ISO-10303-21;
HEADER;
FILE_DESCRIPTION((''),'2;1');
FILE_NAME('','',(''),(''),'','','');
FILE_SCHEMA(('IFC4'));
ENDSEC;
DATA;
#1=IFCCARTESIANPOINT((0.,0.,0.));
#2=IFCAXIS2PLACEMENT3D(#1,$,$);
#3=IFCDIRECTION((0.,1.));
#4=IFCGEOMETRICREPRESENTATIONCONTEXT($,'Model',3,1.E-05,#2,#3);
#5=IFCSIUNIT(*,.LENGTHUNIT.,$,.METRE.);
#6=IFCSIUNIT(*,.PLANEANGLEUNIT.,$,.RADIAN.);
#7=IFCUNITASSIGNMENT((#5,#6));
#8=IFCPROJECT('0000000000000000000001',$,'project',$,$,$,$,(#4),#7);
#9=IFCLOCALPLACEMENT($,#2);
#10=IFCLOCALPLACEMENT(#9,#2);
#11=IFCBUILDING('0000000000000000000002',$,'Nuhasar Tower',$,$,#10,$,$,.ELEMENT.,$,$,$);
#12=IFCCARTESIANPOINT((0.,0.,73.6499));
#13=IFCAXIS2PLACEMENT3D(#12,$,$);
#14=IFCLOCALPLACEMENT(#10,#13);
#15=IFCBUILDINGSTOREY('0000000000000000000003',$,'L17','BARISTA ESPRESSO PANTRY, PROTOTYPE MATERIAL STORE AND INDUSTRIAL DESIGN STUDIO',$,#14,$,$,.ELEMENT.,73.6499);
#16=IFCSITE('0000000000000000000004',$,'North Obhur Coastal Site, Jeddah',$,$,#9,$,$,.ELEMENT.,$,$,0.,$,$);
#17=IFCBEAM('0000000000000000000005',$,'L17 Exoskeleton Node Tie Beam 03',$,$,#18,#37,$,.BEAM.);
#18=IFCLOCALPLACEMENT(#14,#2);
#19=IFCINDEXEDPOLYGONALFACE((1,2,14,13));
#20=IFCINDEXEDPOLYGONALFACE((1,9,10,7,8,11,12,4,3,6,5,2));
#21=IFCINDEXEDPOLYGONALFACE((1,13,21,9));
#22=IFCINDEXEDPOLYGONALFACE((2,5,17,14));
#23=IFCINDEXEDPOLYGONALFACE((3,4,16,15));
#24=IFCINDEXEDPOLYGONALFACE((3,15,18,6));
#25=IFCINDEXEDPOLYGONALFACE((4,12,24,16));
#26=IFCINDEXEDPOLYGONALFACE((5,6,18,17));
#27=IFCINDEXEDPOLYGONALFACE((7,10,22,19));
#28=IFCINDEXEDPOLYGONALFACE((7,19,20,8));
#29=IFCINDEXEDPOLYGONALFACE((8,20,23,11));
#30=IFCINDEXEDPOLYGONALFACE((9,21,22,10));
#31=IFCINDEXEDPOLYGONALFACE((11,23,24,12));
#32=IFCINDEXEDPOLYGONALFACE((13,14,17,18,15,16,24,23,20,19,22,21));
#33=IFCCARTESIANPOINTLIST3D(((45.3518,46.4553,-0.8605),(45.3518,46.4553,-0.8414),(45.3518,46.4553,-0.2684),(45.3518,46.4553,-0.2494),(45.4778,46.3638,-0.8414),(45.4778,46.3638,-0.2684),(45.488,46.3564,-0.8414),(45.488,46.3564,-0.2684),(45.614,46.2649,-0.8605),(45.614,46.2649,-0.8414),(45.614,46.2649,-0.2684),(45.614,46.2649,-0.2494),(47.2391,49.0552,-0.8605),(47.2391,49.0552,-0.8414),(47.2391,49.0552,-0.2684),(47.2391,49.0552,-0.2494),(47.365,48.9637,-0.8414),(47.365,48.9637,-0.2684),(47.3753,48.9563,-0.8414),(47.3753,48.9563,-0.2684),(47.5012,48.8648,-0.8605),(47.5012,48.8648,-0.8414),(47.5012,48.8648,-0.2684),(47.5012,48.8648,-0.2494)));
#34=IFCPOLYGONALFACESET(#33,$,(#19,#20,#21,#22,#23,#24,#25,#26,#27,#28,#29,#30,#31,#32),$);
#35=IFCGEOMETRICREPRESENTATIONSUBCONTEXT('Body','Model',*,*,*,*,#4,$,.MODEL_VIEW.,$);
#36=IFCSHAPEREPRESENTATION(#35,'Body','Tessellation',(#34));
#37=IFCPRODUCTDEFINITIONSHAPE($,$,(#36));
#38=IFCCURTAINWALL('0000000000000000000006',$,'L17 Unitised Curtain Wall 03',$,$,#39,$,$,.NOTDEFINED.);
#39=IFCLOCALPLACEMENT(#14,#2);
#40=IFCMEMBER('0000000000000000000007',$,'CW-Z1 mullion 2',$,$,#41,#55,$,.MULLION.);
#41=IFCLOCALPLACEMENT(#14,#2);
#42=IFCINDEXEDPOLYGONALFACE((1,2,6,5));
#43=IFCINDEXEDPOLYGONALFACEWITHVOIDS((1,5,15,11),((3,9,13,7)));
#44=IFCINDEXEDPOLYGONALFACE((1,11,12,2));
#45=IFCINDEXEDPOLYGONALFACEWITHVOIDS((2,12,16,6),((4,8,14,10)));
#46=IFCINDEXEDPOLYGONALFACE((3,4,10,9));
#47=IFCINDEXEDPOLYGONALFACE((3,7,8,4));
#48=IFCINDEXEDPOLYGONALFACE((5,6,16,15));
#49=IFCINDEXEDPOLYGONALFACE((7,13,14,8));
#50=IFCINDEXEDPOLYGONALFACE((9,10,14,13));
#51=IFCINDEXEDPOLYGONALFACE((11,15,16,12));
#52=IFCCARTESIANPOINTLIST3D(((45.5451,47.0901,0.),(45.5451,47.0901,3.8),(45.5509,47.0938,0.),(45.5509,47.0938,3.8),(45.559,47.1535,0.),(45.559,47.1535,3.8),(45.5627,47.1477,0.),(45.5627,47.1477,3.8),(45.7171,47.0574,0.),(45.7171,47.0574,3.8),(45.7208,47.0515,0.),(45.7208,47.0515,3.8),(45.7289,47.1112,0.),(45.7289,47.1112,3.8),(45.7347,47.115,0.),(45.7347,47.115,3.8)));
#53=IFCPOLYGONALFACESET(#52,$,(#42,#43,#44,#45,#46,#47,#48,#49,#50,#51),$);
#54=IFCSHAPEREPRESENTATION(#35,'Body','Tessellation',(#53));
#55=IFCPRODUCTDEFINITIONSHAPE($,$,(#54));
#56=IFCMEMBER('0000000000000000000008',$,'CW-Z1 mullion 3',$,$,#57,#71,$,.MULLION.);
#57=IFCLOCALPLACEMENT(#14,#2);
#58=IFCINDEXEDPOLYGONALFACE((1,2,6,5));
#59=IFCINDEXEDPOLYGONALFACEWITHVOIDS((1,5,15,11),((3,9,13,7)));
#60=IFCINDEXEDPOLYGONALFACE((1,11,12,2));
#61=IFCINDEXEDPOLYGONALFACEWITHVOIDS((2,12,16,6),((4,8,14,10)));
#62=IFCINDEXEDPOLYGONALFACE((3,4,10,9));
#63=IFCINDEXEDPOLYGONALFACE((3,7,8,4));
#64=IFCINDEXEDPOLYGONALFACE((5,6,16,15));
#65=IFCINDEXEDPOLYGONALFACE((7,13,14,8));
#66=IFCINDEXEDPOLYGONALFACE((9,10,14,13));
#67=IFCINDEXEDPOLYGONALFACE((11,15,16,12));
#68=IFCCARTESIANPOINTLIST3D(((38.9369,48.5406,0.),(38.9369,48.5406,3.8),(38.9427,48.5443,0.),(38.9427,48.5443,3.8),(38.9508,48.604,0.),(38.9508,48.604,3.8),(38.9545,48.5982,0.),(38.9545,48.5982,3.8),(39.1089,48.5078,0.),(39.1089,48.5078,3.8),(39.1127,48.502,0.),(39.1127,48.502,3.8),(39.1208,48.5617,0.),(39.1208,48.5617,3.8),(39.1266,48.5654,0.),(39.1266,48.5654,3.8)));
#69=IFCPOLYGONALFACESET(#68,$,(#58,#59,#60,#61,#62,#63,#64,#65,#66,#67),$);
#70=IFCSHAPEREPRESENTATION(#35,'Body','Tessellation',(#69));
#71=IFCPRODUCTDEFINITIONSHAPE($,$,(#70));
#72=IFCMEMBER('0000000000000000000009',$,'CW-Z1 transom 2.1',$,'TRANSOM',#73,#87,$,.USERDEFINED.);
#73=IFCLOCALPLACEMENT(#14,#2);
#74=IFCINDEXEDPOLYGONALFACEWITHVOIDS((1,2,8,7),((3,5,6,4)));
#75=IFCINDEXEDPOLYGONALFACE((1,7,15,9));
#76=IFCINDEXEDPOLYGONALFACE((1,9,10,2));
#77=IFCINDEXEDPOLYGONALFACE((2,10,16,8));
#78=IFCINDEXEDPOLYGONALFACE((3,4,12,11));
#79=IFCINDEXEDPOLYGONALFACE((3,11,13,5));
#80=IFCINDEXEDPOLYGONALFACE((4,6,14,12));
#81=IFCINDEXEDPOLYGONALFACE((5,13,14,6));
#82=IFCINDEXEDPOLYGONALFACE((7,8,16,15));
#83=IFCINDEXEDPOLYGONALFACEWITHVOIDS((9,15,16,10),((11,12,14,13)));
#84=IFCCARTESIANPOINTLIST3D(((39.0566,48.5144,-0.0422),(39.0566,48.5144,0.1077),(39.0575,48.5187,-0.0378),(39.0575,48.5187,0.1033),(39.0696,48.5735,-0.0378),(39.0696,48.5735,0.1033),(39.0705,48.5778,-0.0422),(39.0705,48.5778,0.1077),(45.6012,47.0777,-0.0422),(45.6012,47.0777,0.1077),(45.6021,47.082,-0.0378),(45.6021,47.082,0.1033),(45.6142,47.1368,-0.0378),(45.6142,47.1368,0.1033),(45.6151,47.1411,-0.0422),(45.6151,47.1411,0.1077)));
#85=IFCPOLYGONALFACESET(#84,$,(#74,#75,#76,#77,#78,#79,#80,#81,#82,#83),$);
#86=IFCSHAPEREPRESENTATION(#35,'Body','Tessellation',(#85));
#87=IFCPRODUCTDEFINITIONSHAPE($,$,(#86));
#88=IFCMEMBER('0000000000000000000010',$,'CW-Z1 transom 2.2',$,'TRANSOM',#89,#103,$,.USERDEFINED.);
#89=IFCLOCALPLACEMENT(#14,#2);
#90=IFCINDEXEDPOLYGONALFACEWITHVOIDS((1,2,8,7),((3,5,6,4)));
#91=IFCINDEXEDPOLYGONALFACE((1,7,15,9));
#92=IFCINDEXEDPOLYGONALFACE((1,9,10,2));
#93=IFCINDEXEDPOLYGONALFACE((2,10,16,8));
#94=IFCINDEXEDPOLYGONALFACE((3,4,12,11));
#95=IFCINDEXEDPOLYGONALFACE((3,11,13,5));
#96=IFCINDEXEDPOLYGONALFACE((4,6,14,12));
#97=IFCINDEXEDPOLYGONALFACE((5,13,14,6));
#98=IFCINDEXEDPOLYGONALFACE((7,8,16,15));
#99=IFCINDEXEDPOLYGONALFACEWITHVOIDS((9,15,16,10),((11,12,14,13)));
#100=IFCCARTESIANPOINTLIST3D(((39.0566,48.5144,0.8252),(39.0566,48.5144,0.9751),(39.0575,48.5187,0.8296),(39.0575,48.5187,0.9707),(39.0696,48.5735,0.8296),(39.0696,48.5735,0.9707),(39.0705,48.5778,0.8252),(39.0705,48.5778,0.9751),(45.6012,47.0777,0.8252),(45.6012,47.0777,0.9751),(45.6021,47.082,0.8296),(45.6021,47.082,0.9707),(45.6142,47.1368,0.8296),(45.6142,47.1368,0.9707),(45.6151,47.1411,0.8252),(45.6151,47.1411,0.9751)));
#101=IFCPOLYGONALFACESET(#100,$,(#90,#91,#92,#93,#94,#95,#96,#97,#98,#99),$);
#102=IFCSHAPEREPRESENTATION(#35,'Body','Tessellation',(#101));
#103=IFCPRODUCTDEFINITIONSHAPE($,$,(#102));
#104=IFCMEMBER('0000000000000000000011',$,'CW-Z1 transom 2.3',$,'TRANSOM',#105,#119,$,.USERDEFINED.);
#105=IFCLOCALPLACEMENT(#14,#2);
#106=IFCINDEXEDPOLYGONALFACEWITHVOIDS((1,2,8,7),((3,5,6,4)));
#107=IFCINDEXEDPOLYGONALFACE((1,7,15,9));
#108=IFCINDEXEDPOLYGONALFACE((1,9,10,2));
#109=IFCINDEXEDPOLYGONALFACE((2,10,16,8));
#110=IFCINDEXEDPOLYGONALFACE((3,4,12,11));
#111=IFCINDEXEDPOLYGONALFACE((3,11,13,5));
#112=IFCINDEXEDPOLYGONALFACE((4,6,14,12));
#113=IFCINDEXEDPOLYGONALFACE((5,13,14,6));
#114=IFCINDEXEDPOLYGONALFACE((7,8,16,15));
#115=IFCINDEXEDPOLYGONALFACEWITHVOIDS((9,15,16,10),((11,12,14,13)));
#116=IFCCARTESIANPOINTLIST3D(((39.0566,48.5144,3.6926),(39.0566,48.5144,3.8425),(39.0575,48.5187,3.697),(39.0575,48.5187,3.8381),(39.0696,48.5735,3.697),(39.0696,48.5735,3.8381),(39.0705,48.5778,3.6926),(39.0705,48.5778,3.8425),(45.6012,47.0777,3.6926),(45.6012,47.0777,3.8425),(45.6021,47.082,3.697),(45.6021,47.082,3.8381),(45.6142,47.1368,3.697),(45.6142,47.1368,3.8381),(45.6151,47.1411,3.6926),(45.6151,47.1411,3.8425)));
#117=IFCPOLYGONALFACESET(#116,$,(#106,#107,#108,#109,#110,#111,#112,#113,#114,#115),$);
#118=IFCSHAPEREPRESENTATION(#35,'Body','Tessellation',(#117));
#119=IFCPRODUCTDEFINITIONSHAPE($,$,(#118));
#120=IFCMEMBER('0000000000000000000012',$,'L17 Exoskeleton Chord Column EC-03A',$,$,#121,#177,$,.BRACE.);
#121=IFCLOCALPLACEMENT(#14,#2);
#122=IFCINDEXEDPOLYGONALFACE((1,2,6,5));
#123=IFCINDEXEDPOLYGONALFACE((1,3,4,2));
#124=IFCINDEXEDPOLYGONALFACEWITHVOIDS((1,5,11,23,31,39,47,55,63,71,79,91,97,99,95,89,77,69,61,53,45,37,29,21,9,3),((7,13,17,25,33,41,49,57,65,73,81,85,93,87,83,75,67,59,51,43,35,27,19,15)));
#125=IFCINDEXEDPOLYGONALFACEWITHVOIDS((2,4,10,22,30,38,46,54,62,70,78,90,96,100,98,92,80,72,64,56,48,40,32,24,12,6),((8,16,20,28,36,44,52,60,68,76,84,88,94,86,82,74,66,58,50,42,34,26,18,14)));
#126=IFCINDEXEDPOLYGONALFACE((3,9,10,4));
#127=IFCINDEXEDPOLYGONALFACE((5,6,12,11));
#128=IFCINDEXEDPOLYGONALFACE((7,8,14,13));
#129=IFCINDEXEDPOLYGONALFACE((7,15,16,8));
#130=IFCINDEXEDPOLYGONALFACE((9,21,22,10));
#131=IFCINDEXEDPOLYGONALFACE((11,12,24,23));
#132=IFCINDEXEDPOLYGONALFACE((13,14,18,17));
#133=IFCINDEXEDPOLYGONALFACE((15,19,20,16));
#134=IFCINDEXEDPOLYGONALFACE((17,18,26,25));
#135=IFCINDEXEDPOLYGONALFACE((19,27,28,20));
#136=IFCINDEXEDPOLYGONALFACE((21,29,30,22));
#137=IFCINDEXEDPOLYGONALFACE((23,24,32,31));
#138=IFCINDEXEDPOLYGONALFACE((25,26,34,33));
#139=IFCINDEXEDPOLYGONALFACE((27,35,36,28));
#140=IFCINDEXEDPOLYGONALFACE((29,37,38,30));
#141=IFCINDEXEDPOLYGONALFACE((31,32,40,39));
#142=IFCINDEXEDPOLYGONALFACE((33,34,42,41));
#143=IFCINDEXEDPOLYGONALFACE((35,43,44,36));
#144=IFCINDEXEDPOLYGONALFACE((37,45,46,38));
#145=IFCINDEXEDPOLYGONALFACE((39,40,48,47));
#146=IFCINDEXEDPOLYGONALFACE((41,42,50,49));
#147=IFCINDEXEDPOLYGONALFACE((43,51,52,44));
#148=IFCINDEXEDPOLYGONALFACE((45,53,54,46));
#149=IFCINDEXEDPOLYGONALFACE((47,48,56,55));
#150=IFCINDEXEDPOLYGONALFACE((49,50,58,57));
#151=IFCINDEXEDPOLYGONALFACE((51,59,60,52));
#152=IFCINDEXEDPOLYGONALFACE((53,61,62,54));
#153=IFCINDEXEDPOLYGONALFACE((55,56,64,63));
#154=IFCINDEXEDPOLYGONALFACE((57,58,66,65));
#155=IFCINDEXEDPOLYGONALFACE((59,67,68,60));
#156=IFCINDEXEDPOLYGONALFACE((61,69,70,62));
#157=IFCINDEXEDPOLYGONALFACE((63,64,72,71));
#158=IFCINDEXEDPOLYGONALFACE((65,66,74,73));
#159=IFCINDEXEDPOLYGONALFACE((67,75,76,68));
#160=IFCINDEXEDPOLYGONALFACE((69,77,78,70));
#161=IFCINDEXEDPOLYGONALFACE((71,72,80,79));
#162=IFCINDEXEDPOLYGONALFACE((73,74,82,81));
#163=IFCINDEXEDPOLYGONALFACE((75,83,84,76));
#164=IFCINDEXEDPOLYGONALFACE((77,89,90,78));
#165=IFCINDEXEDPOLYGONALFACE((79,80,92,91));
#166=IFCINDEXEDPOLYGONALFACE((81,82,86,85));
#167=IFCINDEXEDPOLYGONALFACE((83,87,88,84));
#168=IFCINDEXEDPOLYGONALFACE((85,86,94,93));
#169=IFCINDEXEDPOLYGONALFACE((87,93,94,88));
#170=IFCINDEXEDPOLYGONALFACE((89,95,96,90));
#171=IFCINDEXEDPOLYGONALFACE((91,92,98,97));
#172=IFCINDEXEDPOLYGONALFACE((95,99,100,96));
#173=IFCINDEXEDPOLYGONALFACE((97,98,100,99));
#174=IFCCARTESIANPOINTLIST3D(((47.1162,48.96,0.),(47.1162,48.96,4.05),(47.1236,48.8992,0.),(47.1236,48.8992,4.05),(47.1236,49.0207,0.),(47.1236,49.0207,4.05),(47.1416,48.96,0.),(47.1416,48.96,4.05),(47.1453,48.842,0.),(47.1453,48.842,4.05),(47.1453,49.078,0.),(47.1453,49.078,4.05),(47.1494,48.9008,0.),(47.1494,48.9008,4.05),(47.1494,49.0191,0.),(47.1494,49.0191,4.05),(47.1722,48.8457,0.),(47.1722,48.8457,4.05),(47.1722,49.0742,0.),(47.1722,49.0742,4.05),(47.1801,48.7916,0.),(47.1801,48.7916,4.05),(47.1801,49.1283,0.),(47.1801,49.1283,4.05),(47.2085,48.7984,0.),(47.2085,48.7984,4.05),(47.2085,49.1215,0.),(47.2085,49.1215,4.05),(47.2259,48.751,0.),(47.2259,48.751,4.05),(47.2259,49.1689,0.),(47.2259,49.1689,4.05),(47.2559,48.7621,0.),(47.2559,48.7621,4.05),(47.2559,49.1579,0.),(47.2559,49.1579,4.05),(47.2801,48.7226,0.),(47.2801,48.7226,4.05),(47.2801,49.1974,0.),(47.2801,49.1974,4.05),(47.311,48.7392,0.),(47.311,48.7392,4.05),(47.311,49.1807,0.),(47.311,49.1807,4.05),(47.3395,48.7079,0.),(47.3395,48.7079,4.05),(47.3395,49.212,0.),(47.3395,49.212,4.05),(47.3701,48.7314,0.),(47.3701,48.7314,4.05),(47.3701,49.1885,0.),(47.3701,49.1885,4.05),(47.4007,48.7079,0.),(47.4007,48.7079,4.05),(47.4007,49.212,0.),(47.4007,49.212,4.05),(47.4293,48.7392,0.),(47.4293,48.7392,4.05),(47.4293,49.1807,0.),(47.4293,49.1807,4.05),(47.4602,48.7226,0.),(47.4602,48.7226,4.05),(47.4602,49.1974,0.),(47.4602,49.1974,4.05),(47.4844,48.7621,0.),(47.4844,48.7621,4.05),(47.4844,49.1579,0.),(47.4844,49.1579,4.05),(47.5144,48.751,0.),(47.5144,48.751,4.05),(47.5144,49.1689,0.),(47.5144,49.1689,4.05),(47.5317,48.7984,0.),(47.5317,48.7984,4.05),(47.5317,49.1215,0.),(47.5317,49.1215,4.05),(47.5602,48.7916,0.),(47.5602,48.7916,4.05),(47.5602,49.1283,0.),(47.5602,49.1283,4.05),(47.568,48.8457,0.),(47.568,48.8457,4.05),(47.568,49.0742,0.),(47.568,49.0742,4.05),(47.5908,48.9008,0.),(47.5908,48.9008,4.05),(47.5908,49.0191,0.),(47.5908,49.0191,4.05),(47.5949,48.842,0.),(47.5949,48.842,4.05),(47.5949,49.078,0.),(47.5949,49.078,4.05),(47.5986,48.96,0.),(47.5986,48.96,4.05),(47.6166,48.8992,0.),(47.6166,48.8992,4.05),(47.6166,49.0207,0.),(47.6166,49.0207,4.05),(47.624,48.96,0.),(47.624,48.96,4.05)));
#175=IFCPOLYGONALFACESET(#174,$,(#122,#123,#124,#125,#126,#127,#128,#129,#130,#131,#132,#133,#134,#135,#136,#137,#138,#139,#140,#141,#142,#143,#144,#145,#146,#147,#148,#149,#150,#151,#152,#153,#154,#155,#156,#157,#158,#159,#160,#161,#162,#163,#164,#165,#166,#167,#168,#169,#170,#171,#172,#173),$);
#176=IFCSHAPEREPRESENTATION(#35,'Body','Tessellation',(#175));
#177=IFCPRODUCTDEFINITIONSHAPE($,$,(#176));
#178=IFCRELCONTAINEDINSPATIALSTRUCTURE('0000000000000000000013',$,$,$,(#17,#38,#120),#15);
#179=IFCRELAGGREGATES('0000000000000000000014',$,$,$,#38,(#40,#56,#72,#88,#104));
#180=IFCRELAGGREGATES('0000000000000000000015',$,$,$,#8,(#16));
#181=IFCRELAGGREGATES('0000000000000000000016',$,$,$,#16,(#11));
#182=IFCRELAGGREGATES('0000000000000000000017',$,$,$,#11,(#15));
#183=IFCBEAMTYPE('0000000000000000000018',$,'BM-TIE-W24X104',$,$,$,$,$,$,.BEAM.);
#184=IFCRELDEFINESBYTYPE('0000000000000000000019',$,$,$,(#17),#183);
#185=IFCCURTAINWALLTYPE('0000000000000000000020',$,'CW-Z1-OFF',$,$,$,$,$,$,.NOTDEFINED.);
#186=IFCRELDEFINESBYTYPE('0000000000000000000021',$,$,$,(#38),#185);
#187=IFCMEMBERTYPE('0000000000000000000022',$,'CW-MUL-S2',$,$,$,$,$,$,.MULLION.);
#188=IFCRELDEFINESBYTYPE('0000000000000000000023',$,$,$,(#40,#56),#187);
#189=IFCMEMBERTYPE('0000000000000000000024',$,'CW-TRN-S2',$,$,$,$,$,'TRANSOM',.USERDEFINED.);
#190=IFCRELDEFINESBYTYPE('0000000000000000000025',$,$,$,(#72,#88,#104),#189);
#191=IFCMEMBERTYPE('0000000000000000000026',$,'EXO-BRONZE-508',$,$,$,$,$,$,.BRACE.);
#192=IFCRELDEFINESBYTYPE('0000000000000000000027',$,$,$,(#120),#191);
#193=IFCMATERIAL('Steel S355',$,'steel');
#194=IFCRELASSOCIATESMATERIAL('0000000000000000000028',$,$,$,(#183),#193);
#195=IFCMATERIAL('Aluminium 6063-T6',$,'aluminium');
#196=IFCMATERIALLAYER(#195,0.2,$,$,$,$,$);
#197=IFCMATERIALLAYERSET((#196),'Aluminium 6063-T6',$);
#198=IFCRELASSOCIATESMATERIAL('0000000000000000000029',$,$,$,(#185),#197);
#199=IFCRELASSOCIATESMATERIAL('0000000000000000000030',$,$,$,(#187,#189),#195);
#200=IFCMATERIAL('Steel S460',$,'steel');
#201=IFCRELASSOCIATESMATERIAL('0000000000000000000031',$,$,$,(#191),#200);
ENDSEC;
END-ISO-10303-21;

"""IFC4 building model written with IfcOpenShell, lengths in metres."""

from ifc_helpers import new_model, si_unit, direction, frame, origin, origin_2d, place, context, subcontext, project, spatial, hollow_rectangle, hollow_circle, i_section, extrude, material, layer, layer_set, material_profile, profile_set, type_object, element, aggregate, save


model = new_model("IFC4")

# Units and contexts
model_context = context("Model", 3, precision=1e-05, world=origin(), true_north=direction((0.0, 1.0)))
body_context = subcontext(model_context, "Body", "Model", "MODEL_VIEW")
ifc_project = project(units=[si_unit("LENGTHUNIT", "METRE"), si_unit("PLANEANGLEUNIT", "RADIAN")], contexts=[model_context])

# Site, building, storey
site_placement = place(None, origin())
site = spatial("IfcSite", under=ifc_project, at=site_placement, Name="North Obhur Coastal Site, Jeddah", CompositionType="ELEMENT", RefElevation=0.0)
building_placement = place(site_placement, origin())
building = spatial("IfcBuilding", under=site, at=building_placement, Name="Nuhasar Tower", CompositionType="ELEMENT")
storey_placement = place(building_placement, frame((0.0, 0.0, 73.6499)))
storey = spatial("IfcBuildingStorey", under=building, at=storey_placement, Name="L17", Description="BARISTA ESPRESSO PANTRY, PROTOTYPE MATERIAL STORE AND INDUSTRIAL DESIGN STUDIO", CompositionType="ELEMENT", Elevation=73.6499)

# Beam
ifc_material_1 = material(Name="Steel S355", Category="steel")
ifc_material_profile_1 = material_profile(ifc_material_1, i_section(OverallWidth=0.324, OverallDepth=0.6111, WebThickness=0.0127, FlangeThickness=0.019, at=origin_2d()), Name="W24X104")
ifc_profile_set_1 = profile_set([ifc_material_profile_1], Name="Steel S355")
beam_type_1 = type_object("IfcBeamType", Name="BM-TIE-W24X104", PredefinedType="BEAM", material=ifc_profile_set_1)
beam_1_placement = place(storey_placement, frame((45.4829, 46.3601, -0.5549), z_axis=(0.587439, 0.809268, 0.0), x_axis=(-0.809268, 0.587439, 0.0)))
element("IfcBeam", 1, at=beam_1_placement, inside=storey, type_object=beam_type_1, Name="L17 Exoskeleton Node Tie Beam 03", PredefinedType="BEAM", context=body_context, shape_type="SweptSolid", body=[
    extrude(i_section(OverallWidth=0.324, OverallDepth=0.6111, WebThickness=0.0127, FlangeThickness=0.019, at=origin_2d()), origin(), (0.0, 0.0, 1.0), 3.2126),
])

# Curtain wall, members
ifc_material_2 = material(Name="Aluminium 6063-T6", Category="aluminium")
ifc_layer_1 = layer(ifc_material_2, 0.2)
ifc_layer_set_1 = layer_set([ifc_layer_1], Name="Aluminium 6063-T6")
curtain_wall_type = type_object("IfcCurtainWallType", Name="CW-Z1-OFF", PredefinedType="NOTDEFINED", material=ifc_layer_set_1)
curtain_wall_placement = place(storey_placement, origin())
curtain_wall = element("IfcCurtainWall", 2, at=curtain_wall_placement, inside=storey, type_object=curtain_wall_type, Name="L17 Unitised Curtain Wall 03", PredefinedType="NOTDEFINED")
ifc_material_profile_2 = material_profile(ifc_material_2, hollow_rectangle(XDim=0.0649, YDim=0.1799, WallThickness=0.0049, at=origin_2d()), Name="CWM-2")
ifc_profile_set_2 = profile_set([ifc_material_profile_2], Name="Aluminium 6063-T6")
member_type_1 = type_object("IfcMemberType", Name="CW-MUL-S2", PredefinedType="MULLION", material=ifc_profile_set_2)
member_1_placement = place(storey_placement, frame((45.6399, 47.1025, 0.0), z_axis=(0.0, 0.0, 1.0), x_axis=(-0.214399, -0.976746, 0.0)))
member_1 = element("IfcMember", 3, at=member_1_placement, type_object=member_type_1, Name="CW-Z1 mullion 2", PredefinedType="MULLION", context=body_context, shape_type="SweptSolid", body=[
    extrude(hollow_rectangle(XDim=0.0649, YDim=0.1799, WallThickness=0.0049, at=origin_2d()), origin(), (0.0, 0.0, 1.0), 3.8),
])
member_2_placement = place(storey_placement, frame((39.0317, 48.553, 0.0), z_axis=(0.0, 0.0, 1.0), x_axis=(-0.214399, -0.976746, 0.0)))
member_2 = element("IfcMember", 4, at=member_2_placement, type_object=member_type_1, Name="CW-Z1 mullion 3", PredefinedType="MULLION", context=body_context, shape_type="SweptSolid", body=[
    extrude(hollow_rectangle(XDim=0.0649, YDim=0.1799, WallThickness=0.0049, at=origin_2d()), origin(), (0.0, 0.0, 1.0), 3.8),
])
ifc_material_profile_3 = material_profile(ifc_material_2, hollow_rectangle(XDim=0.0649, YDim=0.1499, WallThickness=0.0044, at=origin_2d()), Name="CWT-2")
ifc_profile_set_3 = profile_set([ifc_material_profile_3], Name="Aluminium 6063-T6")
member_type_2 = type_object("IfcMemberType", Name="CW-TRN-S2", ElementType="TRANSOM", PredefinedType="USERDEFINED", material=ifc_profile_set_3)
member_3_placement = place(storey_placement, frame((45.6082, 47.1094, 0.0327), z_axis=(-0.97674, 0.214426, 0.0), x_axis=(-0.214426, -0.97674, 0.0)))
member_3 = element("IfcMember", 5, at=member_3_placement, type_object=member_type_2, Name="CW-Z1 transom 2.1", ObjectType="TRANSOM", PredefinedType="USERDEFINED", context=body_context, shape_type="SweptSolid", body=[
    extrude(hollow_rectangle(XDim=0.0649, YDim=0.1499, WallThickness=0.0044, at=origin_2d()), origin(), (0.0, 0.0, 1.0), 6.7004),
])
member_4_placement = place(storey_placement, frame((45.6082, 47.1094, 0.9001), z_axis=(-0.97674, 0.214426, 0.0), x_axis=(-0.214426, -0.97674, 0.0)))
member_4 = element("IfcMember", 6, at=member_4_placement, type_object=member_type_2, Name="CW-Z1 transom 2.2", ObjectType="TRANSOM", PredefinedType="USERDEFINED", context=body_context, shape_type="SweptSolid", body=[
    extrude(hollow_rectangle(XDim=0.0649, YDim=0.1499, WallThickness=0.0044, at=origin_2d()), origin(), (0.0, 0.0, 1.0), 6.7004),
])
member_5_placement = place(storey_placement, frame((45.6082, 47.1094, 3.7676), z_axis=(-0.97674, 0.214426, 0.0), x_axis=(-0.214426, -0.97674, 0.0)))
member_5 = element("IfcMember", 7, at=member_5_placement, type_object=member_type_2, Name="CW-Z1 transom 2.3", ObjectType="TRANSOM", PredefinedType="USERDEFINED", context=body_context, shape_type="SweptSolid", body=[
    extrude(hollow_rectangle(XDim=0.0649, YDim=0.1499, WallThickness=0.0044, at=origin_2d()), origin(), (0.0, 0.0, 1.0), 6.7004),
])

# Member
ifc_material_3 = material(Name="Steel S460", Category="steel")
ifc_material_profile_4 = material_profile(ifc_material_3, hollow_circle(Radius=0.2539, WallThickness=0.0254, at=origin_2d()), Name="HSS508X25.4")
ifc_profile_set_4 = profile_set([ifc_material_profile_4], Name="Steel S460")
member_type_3 = type_object("IfcMemberType", Name="EXO-BRONZE-508", PredefinedType="BRACE", material=ifc_profile_set_4)
for number, where, z_axis, x_axis, name in (
    (8, (47.3701, 48.96, 0.0), (0.0, 0.0, 1.0), (1.0, 0.0, 0.0), "L17 Exoskeleton Chord Column EC-03A"),
):
    element("IfcMember", number, at=place(storey_placement, frame(where, z_axis=z_axis, x_axis=x_axis)), inside=storey, type_object=member_type_3, Name=name, PredefinedType="BRACE", context=body_context, shape_type="SweptSolid", body=[
        extrude(hollow_circle(Radius=0.2539, WallThickness=0.0254, at=origin_2d()), origin(), (0.0, 0.0, 1.0), 4.05),
    ])

aggregate(curtain_wall, [member_1, member_2, member_3, member_4, member_5])

save(model, "model.ifc")
